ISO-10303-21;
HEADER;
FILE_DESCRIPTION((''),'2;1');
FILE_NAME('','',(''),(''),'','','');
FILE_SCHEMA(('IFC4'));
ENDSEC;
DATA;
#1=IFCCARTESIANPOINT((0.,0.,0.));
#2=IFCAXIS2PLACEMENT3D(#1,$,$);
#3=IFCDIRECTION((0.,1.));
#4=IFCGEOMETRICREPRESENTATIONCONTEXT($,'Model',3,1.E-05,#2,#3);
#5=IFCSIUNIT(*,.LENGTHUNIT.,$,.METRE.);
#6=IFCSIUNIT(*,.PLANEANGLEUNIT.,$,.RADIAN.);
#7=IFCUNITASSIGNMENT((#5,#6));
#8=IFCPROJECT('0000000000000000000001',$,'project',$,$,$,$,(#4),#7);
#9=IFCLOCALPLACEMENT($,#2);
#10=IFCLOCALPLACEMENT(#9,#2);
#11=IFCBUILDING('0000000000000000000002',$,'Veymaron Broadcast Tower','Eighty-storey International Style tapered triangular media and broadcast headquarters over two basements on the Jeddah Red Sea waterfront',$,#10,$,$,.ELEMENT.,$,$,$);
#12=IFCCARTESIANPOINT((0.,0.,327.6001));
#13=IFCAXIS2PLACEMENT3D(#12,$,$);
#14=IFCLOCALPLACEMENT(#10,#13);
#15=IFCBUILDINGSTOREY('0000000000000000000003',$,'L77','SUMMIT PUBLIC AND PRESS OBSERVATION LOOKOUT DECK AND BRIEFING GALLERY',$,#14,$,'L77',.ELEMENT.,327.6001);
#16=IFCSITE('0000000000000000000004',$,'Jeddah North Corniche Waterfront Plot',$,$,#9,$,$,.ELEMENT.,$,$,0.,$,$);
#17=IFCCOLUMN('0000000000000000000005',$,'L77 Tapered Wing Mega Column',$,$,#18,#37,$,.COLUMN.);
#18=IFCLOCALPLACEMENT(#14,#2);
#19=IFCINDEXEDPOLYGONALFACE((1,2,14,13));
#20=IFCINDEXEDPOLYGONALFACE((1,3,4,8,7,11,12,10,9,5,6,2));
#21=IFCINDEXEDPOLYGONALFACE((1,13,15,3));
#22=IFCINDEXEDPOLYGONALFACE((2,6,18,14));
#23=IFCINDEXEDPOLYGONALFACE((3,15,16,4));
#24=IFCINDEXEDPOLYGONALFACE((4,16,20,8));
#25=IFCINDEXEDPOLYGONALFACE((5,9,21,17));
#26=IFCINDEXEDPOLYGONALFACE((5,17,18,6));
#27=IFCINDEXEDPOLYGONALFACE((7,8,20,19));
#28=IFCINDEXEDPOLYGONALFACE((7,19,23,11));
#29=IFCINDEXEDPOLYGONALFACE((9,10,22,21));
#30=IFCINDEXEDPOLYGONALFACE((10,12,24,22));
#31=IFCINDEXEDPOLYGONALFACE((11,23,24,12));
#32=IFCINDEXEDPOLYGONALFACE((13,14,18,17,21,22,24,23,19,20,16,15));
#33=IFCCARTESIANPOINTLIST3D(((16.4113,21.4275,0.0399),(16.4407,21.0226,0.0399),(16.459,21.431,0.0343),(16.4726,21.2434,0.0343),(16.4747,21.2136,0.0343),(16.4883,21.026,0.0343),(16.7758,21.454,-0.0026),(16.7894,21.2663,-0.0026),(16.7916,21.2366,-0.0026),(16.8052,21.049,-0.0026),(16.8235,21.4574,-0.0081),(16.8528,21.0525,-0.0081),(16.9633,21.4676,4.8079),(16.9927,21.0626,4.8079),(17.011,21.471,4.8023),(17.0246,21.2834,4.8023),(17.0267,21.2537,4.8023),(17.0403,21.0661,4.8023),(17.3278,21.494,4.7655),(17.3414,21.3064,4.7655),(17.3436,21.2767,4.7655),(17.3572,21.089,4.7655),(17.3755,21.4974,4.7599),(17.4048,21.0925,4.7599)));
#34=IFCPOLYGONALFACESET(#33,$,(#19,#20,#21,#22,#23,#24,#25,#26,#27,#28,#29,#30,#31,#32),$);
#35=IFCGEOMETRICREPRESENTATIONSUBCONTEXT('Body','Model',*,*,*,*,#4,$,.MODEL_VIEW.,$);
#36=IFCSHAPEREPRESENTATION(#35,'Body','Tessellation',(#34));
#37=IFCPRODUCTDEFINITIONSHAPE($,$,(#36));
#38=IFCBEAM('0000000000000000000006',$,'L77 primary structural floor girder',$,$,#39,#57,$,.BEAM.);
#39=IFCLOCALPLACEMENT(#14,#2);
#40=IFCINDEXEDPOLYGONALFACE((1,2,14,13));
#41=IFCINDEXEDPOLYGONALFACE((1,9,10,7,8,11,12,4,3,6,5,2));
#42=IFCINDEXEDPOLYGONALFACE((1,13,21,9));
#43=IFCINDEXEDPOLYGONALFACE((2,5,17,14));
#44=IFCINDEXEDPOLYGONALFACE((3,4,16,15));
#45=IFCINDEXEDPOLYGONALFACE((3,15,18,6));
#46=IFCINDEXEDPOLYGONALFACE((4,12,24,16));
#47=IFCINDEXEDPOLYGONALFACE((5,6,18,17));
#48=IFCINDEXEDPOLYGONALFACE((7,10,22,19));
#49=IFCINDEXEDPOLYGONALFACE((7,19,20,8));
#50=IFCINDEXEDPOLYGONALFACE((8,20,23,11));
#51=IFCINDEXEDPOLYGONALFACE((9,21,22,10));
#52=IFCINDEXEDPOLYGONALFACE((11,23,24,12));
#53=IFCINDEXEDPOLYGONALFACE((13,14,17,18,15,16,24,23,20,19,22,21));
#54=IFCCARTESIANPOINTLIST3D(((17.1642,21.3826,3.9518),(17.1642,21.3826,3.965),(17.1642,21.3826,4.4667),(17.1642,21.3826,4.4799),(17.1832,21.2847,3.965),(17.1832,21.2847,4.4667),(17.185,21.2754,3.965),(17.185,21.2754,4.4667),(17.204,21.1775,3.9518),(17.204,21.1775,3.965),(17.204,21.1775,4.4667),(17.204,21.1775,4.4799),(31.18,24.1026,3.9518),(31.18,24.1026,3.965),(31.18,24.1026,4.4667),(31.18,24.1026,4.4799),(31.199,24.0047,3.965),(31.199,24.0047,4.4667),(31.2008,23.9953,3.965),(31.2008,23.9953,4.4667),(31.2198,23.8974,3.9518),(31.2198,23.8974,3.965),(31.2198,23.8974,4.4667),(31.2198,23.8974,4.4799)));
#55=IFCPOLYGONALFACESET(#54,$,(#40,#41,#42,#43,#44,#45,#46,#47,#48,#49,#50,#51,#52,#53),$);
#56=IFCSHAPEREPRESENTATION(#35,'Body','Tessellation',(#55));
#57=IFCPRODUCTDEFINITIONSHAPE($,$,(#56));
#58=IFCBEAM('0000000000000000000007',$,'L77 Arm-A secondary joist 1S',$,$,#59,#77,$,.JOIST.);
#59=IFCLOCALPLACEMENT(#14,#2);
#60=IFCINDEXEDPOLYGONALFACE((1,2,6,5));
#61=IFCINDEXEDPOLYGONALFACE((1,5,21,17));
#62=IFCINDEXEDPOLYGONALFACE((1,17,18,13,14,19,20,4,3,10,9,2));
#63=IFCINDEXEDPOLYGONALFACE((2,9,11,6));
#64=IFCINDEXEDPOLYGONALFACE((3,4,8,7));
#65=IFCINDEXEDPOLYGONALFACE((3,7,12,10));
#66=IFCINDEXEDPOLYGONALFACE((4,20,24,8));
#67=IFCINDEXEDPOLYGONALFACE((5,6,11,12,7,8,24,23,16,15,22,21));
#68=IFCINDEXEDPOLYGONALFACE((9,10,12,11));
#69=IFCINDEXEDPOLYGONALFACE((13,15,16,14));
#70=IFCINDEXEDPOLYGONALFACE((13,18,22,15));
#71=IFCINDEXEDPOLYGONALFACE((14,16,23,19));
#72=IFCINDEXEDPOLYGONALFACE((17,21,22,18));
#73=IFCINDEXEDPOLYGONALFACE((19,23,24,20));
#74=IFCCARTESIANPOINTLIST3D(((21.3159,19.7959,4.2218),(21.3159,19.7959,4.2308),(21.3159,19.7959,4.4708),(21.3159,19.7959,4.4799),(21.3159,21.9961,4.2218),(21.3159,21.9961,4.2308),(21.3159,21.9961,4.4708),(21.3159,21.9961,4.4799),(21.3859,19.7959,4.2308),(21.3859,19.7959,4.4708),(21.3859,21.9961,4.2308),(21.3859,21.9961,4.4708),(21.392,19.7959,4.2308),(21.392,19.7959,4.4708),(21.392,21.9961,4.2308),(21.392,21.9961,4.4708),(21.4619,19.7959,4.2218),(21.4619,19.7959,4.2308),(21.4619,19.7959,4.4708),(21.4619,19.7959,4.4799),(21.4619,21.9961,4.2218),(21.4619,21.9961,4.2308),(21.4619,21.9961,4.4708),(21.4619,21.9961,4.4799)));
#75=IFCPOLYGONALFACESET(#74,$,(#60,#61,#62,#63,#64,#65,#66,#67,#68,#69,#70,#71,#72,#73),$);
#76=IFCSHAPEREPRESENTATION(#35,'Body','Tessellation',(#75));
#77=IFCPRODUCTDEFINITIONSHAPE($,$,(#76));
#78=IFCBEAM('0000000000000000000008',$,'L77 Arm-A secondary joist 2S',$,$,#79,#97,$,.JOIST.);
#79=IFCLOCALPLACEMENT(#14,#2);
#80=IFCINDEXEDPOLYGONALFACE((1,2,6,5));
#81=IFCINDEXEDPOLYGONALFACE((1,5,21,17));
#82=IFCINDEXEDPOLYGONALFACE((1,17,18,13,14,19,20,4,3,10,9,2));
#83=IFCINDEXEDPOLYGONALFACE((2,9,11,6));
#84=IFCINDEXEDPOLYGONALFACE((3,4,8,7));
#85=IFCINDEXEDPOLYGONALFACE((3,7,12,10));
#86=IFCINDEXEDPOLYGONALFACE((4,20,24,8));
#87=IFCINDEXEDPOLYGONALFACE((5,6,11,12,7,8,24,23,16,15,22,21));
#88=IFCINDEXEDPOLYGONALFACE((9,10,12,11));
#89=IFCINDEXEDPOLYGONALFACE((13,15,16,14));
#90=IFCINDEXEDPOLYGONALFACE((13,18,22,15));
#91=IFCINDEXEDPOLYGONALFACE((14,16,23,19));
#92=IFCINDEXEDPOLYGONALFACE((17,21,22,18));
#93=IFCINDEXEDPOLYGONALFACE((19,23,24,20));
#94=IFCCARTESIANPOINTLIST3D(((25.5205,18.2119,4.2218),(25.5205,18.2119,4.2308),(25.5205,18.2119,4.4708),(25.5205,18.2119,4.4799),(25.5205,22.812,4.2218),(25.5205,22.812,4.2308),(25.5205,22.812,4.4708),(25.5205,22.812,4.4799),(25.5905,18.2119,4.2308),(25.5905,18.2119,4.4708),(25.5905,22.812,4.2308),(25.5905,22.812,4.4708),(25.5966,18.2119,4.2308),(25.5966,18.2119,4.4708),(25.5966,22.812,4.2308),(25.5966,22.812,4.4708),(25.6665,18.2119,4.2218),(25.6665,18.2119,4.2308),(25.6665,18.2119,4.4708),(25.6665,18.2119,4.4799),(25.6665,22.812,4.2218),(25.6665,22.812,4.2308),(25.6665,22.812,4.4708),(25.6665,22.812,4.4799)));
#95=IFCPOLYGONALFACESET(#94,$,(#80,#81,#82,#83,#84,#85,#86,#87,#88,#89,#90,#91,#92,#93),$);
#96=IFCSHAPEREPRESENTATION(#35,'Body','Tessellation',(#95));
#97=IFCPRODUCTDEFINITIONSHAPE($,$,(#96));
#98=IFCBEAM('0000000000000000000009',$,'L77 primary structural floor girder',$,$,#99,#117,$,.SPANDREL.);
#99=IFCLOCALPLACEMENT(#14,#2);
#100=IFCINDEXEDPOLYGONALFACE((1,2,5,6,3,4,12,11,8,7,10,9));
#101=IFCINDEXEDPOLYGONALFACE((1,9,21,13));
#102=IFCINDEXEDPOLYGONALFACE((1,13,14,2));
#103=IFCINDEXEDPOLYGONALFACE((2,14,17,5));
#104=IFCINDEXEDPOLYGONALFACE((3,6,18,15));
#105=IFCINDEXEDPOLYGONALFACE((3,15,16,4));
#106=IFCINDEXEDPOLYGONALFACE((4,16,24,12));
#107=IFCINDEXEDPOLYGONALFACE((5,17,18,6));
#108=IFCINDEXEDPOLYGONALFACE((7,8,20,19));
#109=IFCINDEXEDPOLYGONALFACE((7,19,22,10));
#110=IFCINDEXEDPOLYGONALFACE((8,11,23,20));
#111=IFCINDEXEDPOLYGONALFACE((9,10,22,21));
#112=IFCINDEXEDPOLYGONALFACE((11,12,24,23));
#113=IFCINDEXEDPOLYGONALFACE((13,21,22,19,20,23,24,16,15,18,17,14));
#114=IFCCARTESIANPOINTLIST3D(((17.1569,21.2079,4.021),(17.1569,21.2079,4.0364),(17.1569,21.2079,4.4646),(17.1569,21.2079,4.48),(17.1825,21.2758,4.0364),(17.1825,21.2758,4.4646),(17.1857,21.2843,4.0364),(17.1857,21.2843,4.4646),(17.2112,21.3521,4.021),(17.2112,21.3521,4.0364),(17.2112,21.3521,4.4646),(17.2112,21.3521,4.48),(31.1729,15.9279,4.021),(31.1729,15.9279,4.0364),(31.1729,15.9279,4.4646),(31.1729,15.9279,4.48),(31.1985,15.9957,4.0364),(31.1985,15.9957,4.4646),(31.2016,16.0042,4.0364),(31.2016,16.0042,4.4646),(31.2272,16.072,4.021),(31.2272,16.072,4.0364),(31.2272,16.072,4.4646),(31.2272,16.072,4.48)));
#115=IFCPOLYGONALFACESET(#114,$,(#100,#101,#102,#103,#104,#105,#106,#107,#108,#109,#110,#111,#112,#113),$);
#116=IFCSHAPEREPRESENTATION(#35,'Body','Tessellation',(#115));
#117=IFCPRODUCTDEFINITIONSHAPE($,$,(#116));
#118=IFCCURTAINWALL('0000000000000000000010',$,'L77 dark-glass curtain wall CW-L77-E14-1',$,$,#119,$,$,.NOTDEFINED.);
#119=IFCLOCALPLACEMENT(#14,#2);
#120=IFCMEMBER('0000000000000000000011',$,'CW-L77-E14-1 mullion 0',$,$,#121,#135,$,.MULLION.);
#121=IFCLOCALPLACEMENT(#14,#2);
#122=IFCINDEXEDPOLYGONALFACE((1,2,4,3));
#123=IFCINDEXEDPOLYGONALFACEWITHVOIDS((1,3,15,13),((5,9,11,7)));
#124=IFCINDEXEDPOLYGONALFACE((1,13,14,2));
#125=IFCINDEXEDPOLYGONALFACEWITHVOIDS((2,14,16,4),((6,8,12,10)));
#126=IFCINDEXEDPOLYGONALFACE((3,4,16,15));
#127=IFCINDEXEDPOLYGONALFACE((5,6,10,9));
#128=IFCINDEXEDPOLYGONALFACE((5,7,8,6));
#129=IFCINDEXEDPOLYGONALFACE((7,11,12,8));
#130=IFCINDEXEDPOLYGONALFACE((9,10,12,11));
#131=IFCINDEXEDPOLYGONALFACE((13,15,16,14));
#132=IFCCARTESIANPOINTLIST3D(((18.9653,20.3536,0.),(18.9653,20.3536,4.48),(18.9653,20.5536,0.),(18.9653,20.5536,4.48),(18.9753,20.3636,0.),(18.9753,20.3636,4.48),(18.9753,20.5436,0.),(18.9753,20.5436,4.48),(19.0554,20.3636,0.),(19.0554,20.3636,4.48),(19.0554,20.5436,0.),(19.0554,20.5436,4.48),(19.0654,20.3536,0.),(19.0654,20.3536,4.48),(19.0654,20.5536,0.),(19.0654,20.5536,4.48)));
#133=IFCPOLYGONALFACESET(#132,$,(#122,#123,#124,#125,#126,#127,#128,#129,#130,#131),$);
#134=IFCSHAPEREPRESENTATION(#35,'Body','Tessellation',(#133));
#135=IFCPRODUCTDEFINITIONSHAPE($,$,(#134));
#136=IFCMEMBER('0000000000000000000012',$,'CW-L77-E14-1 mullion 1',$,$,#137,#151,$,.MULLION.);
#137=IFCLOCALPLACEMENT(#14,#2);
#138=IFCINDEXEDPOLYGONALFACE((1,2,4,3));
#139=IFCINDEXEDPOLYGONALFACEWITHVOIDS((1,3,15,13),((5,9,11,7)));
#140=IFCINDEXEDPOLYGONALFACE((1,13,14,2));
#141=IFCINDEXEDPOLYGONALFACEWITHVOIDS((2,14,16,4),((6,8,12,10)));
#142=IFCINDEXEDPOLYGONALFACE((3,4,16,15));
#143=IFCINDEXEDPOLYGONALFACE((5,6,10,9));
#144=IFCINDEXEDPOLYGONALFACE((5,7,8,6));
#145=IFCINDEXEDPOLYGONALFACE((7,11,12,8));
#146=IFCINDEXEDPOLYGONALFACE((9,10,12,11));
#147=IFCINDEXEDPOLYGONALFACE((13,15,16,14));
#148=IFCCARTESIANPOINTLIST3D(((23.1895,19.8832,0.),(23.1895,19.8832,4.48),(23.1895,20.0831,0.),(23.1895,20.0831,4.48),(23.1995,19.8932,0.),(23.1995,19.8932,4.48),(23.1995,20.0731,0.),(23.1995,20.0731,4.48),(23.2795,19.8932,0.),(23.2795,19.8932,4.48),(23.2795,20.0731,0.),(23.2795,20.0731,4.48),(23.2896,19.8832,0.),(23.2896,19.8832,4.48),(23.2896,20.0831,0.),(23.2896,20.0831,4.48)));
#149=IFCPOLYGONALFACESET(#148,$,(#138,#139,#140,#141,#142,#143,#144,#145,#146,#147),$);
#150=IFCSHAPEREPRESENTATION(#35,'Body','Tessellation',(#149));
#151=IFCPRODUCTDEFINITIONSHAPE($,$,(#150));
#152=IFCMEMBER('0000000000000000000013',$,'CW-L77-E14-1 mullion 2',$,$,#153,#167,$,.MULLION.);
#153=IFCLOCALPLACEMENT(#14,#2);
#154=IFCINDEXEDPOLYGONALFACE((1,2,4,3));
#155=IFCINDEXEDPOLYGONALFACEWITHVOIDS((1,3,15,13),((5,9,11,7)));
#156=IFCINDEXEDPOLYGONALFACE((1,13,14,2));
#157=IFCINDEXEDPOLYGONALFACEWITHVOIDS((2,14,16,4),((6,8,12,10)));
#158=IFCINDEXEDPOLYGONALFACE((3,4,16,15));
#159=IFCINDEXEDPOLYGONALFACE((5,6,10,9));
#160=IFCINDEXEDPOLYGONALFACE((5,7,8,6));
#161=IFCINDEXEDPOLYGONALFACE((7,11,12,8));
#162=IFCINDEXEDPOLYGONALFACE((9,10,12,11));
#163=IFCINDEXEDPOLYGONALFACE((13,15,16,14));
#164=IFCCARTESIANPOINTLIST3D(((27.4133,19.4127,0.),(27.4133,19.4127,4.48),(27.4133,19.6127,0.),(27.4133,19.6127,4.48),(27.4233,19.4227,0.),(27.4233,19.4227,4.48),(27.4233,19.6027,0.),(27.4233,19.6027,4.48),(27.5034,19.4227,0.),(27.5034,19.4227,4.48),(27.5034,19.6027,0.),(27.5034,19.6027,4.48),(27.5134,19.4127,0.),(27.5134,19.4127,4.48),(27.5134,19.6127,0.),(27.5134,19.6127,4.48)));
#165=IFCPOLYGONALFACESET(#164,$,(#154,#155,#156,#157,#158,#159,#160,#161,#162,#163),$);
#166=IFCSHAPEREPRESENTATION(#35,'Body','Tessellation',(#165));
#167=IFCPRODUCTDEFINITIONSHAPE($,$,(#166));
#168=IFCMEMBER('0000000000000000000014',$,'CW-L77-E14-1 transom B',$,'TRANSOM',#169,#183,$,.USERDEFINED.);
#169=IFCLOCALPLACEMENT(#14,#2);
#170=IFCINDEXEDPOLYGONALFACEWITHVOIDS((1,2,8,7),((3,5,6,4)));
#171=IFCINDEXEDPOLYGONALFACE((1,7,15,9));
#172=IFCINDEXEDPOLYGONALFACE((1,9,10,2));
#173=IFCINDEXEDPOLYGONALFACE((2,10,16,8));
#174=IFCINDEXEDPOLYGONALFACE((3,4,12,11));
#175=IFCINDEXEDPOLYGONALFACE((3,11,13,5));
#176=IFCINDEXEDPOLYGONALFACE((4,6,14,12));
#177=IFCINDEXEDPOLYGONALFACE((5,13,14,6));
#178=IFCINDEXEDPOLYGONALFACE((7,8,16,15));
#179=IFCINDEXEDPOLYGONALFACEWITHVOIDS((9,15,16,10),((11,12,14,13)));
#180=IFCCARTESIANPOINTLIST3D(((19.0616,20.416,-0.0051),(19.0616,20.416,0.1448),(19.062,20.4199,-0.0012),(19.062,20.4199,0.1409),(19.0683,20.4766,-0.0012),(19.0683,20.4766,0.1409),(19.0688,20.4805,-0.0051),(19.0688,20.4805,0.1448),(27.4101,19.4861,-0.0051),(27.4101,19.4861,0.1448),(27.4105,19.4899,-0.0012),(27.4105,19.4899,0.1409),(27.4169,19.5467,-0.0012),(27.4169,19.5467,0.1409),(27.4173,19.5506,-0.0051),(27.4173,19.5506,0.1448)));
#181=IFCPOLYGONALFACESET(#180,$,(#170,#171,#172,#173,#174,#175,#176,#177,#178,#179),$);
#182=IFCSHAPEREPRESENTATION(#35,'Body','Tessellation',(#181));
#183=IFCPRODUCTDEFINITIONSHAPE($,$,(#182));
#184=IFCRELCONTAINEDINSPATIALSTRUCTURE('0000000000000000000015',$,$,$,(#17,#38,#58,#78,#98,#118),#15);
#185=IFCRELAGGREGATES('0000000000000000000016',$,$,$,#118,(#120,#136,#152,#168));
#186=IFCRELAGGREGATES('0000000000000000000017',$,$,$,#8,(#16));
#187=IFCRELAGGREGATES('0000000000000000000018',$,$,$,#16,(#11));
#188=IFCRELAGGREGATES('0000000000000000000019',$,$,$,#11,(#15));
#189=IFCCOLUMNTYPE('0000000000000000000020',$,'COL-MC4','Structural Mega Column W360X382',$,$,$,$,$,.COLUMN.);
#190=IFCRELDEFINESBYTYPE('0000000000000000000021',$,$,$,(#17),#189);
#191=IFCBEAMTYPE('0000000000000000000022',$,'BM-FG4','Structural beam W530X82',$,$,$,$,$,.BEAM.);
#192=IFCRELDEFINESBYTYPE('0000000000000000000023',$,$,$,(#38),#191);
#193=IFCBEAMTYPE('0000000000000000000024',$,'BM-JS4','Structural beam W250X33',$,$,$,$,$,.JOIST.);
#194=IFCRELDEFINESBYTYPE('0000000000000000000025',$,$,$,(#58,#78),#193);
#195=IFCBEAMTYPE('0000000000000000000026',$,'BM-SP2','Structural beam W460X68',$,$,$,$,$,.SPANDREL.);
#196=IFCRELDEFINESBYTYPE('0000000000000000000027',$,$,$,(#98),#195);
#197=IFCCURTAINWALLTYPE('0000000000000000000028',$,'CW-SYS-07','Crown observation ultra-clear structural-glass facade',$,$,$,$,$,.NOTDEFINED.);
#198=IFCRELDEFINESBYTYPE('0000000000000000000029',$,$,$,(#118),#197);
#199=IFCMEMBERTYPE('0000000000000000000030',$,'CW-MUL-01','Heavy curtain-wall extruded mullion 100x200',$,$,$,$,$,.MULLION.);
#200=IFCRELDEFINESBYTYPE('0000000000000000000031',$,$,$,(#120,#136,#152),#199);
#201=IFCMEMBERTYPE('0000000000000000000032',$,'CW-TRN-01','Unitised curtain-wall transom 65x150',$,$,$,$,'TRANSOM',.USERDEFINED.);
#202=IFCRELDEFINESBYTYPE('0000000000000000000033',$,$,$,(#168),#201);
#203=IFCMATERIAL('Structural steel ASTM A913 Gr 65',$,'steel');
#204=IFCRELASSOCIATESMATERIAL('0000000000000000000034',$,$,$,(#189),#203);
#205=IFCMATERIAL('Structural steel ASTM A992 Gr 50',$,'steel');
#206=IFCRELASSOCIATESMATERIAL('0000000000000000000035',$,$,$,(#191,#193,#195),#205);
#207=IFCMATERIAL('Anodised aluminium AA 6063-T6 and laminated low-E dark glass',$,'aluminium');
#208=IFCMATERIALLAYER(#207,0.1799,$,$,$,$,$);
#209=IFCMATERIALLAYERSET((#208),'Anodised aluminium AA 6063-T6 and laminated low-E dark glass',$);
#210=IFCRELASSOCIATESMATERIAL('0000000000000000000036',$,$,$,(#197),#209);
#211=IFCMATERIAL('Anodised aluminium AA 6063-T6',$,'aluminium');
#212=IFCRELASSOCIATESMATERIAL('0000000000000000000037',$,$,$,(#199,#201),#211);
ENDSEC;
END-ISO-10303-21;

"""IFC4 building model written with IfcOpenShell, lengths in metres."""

from ifc_helpers import new_model, si_unit, direction, frame, origin, origin_2d, place, context, subcontext, project, spatial, hollow_rectangle, i_section, extrude, material, layer, layer_set, material_profile, profile_set, type_object, element, aggregate, save


model = new_model("IFC4")

# Units and contexts
model_context = context("Model", 3, precision=1e-05, world=origin(), true_north=direction((0.0, 1.0)))
body_context = subcontext(model_context, "Body", "Model", "MODEL_VIEW")
ifc_project = project(units=[si_unit("LENGTHUNIT", "METRE"), si_unit("PLANEANGLEUNIT", "RADIAN")], contexts=[model_context])

# Site, building, storey
site_placement = place(None, origin())
site = spatial("IfcSite", under=ifc_project, at=site_placement, Name="Jeddah North Corniche Waterfront Plot", CompositionType="ELEMENT", RefElevation=0.0)
building_placement = place(site_placement, origin())
building = spatial("IfcBuilding", under=site, at=building_placement, Name="Veymaron Broadcast Tower", Description="Eighty-storey International Style tapered triangular media and broadcast headquarters over two basements on the Jeddah Red Sea waterfront", CompositionType="ELEMENT")
storey_placement = place(building_placement, frame((0.0, 0.0, 327.6001)))
storey = spatial("IfcBuildingStorey", under=building, at=storey_placement, Name="L77", Description="SUMMIT PUBLIC AND PRESS OBSERVATION LOOKOUT DECK AND BRIEFING GALLERY", LongName="L77", CompositionType="ELEMENT", Elevation=327.6001)

# Column
ifc_material_1 = material(Name="Structural steel ASTM A913 Gr 65", Category="steel")
ifc_material_profile_1 = material_profile(ifc_material_1, i_section(OverallWidth=0.406, OverallDepth=0.416, WebThickness=0.0298, FlangeThickness=0.0481, at=origin_2d()), Name="W360X382")
ifc_profile_set_1 = profile_set([ifc_material_profile_1], Name="Structural steel ASTM A913 Gr 65")
column_type = type_object("IfcColumnType", Name="COL-MC4", Description="Structural Mega Column W360X382", PredefinedType="COLUMN", material=ifc_profile_set_1)
column_placement = place(storey_placement, frame((16.6321, 21.24, 0.0159), z_axis=(0.114998, 0.008341, 0.993331), x_axis=(-0.072344, 0.99738, 0.0)))
element("IfcColumn", 1, at=column_placement, inside=storey, type_object=column_type, Name="L77 Tapered Wing Mega Column", PredefinedType="COLUMN", context=body_context, shape_type="SweptSolid", body=[
    extrude(i_section(OverallWidth=0.406, OverallDepth=0.416, WebThickness=0.0298, FlangeThickness=0.0481, at=origin_2d()), origin(), (0.0, 0.0, 1.0), 4.8),
])

# Beams
ifc_material_2 = material(Name="Structural steel ASTM A992 Gr 50", Category="steel")
ifc_material_profile_2 = material_profile(ifc_material_2, i_section(OverallWidth=0.209, OverallDepth=0.5281, WebThickness=0.0095, FlangeThickness=0.0132, at=origin_2d()), Name="W530X82")
ifc_profile_set_2 = profile_set([ifc_material_profile_2], Name="Structural steel ASTM A992 Gr 50")
beam_type_1 = type_object("IfcBeamType", Name="BM-FG4", Description="Structural beam W530X82", PredefinedType="BEAM", material=ifc_profile_set_2)
beam_1_placement = place(storey_placement, frame((17.1841, 21.28, 4.2158), z_axis=(0.981685, 0.190509, 0.0), x_axis=(-0.190509, 0.981685, 0.0)))
element("IfcBeam", 2, at=beam_1_placement, inside=storey, type_object=beam_type_1, Name="L77 primary structural floor girder", PredefinedType="BEAM", context=body_context, shape_type="SweptSolid", body=[
    extrude(i_section(OverallWidth=0.209, OverallDepth=0.5281, WebThickness=0.0095, FlangeThickness=0.0132, at=origin_2d()), origin(), (0.0, 0.0, 1.0), 14.2773),
])
ifc_material_profile_3 = material_profile(ifc_material_2, i_section(OverallWidth=0.146, OverallDepth=0.2581, WebThickness=0.0061, FlangeThickness=0.009, at=origin_2d()), Name="W250X33")
ifc_profile_set_3 = profile_set([ifc_material_profile_3], Name="Structural steel ASTM A992 Gr 50")
beam_type_2 = type_object("IfcBeamType", Name="BM-JS4", Description="Structural beam W250X33", PredefinedType="JOIST", material=ifc_profile_set_3)
beam_2_placement = place(storey_placement, frame((21.3889, 19.7959, 4.3508), z_axis=(0.0, 1.0, 0.0), x_axis=(-1.0, 0.0, 0.0)))
element("IfcBeam", 3, at=beam_2_placement, inside=storey, type_object=beam_type_2, Name="L77 Arm-A secondary joist 1S", PredefinedType="JOIST", context=body_context, shape_type="SweptSolid", body=[
    extrude(i_section(OverallWidth=0.146, OverallDepth=0.2581, WebThickness=0.0061, FlangeThickness=0.009, at=origin_2d()), origin(), (0.0, 0.0, 1.0), 2.2002),
])
beam_3_placement = place(storey_placement, frame((25.5935, 18.2119, 4.3508), z_axis=(0.0, 1.0, 0.0), x_axis=(-1.0, 0.0, 0.0)))
element("IfcBeam", 4, at=beam_3_placement, inside=storey, type_object=beam_type_2, Name="L77 Arm-A secondary joist 2S", PredefinedType="JOIST", context=body_context, shape_type="SweptSolid", body=[
    extrude(i_section(OverallWidth=0.146, OverallDepth=0.2581, WebThickness=0.0061, FlangeThickness=0.009, at=origin_2d()), origin(), (0.0, 0.0, 1.0), 4.6001),
])
ifc_material_profile_4 = material_profile(ifc_material_2, i_section(OverallWidth=0.1541, OverallDepth=0.459, WebThickness=0.009, FlangeThickness=0.0154, at=origin_2d()), Name="W460X68")
ifc_profile_set_4 = profile_set([ifc_material_profile_4], Name="Structural steel ASTM A992 Gr 50")
beam_type_3 = type_object("IfcBeamType", Name="BM-SP2", Description="Structural beam W460X68", PredefinedType="SPANDREL", material=ifc_profile_set_4)
beam_4_placement = place(storey_placement, frame((17.1841, 21.28, 4.2505), z_axis=(0.9358, -0.352532, 0.0), x_axis=(0.352532, 0.9358, 0.0)))
element("IfcBeam", 5, at=beam_4_placement, inside=storey, type_object=beam_type_3, Name="L77 primary structural floor girder", PredefinedType="SPANDREL", context=body_context, shape_type="SweptSolid", body=[
    extrude(i_section(OverallWidth=0.1541, OverallDepth=0.459, WebThickness=0.009, FlangeThickness=0.0154, at=origin_2d()), origin(), (0.0, 0.0, 1.0), 14.9775),
])

# Curtain wall, members
ifc_material_3 = material(Name="Anodised aluminium AA 6063-T6 and laminated low-E dark glass", Category="aluminium")
ifc_layer_1 = layer(ifc_material_3, 0.1799)
ifc_layer_set_1 = layer_set([ifc_layer_1], Name="Anodised aluminium AA 6063-T6 and laminated low-E dark glass")
curtain_wall_type = type_object("IfcCurtainWallType", Name="CW-SYS-07", Description="Crown observation ultra-clear structural-glass facade", PredefinedType="NOTDEFINED", material=ifc_layer_set_1)
curtain_wall_placement = place(storey_placement, origin())
curtain_wall = element("IfcCurtainWall", 6, at=curtain_wall_placement, inside=storey, type_object=curtain_wall_type, Name="L77 dark-glass curtain wall CW-L77-E14-1", PredefinedType="NOTDEFINED")
ifc_material_4 = material(Name="Anodised aluminium AA 6063-T6", Category="aluminium")
ifc_material_profile_5 = material_profile(ifc_material_4, hollow_rectangle(XDim=0.1001, YDim=0.2, WallThickness=0.01, at=origin_2d()), Name="RHS200X100X10")
ifc_profile_set_5 = profile_set([ifc_material_profile_5], Name="Anodised aluminium AA 6063-T6")
member_type_1 = type_object("IfcMemberType", Name="CW-MUL-01", Description="Heavy curtain-wall extruded mullion 100x200", PredefinedType="MULLION", material=ifc_profile_set_5)
member_1_placement = place(storey_placement, frame((19.0154, 20.4536, 0.0), z_axis=(0.0, 0.0, 1.0), x_axis=(1.0, 0.0, 0.0)))
member_1 = element("IfcMember", 7, at=member_1_placement, type_object=member_type_1, Name="CW-L77-E14-1 mullion 0", PredefinedType="MULLION", context=body_context, shape_type="SweptSolid", body=[
    extrude(hollow_rectangle(XDim=0.1001, YDim=0.2, WallThickness=0.01, at=origin_2d()), origin(), (0.0, 0.0, 1.0), 4.48),
])
member_2_placement = place(storey_placement, frame((23.2395, 19.9832, 0.0), z_axis=(0.0, 0.0, 1.0), x_axis=(1.0, 0.0, 0.0)))
member_2 = element("IfcMember", 8, at=member_2_placement, type_object=member_type_1, Name="CW-L77-E14-1 mullion 1", PredefinedType="MULLION", context=body_context, shape_type="SweptSolid", body=[
    extrude(hollow_rectangle(XDim=0.1001, YDim=0.2, WallThickness=0.01, at=origin_2d()), origin(), (0.0, 0.0, 1.0), 4.48),
])
member_3_placement = place(storey_placement, frame((27.4634, 19.5127, 0.0), z_axis=(0.0, 0.0, 1.0), x_axis=(1.0, 0.0, 0.0)))
member_3 = element("IfcMember", 9, at=member_3_placement, type_object=member_type_1, Name="CW-L77-E14-1 mullion 2", PredefinedType="MULLION", context=body_context, shape_type="SweptSolid", body=[
    extrude(hollow_rectangle(XDim=0.1001, YDim=0.2, WallThickness=0.01, at=origin_2d()), origin(), (0.0, 0.0, 1.0), 4.48),
])
ifc_material_profile_6 = material_profile(ifc_material_4, hollow_rectangle(XDim=0.0649, YDim=0.1499, WallThickness=0.0039, at=origin_2d()), Name="AL150X65X4")
ifc_profile_set_6 = profile_set([ifc_material_profile_6], Name="Anodised aluminium AA 6063-T6")
member_type_2 = type_object("IfcMemberType", Name="CW-TRN-01", Description="Unitised curtain-wall transom 65x150", ElementType="TRANSOM", PredefinedType="USERDEFINED", material=ifc_profile_set_6)
member_4_placement = place(storey_placement, frame((19.0652, 20.4482, 0.0698), z_axis=(0.993854, -0.110703, 0.0), x_axis=(0.110703, 0.993854, 0.0)))
member_4 = element("IfcMember", 10, at=member_4_placement, type_object=member_type_2, Name="CW-L77-E14-1 transom B", ObjectType="TRANSOM", PredefinedType="USERDEFINED", context=body_context, shape_type="SweptSolid", body=[
    extrude(hollow_rectangle(XDim=0.0649, YDim=0.1499, WallThickness=0.0039, at=origin_2d()), origin(), (0.0, 0.0, 1.0), 8.4001),
])
aggregate(curtain_wall, [member_1, member_2, member_3, member_4])

save(model, "model.ifc")
